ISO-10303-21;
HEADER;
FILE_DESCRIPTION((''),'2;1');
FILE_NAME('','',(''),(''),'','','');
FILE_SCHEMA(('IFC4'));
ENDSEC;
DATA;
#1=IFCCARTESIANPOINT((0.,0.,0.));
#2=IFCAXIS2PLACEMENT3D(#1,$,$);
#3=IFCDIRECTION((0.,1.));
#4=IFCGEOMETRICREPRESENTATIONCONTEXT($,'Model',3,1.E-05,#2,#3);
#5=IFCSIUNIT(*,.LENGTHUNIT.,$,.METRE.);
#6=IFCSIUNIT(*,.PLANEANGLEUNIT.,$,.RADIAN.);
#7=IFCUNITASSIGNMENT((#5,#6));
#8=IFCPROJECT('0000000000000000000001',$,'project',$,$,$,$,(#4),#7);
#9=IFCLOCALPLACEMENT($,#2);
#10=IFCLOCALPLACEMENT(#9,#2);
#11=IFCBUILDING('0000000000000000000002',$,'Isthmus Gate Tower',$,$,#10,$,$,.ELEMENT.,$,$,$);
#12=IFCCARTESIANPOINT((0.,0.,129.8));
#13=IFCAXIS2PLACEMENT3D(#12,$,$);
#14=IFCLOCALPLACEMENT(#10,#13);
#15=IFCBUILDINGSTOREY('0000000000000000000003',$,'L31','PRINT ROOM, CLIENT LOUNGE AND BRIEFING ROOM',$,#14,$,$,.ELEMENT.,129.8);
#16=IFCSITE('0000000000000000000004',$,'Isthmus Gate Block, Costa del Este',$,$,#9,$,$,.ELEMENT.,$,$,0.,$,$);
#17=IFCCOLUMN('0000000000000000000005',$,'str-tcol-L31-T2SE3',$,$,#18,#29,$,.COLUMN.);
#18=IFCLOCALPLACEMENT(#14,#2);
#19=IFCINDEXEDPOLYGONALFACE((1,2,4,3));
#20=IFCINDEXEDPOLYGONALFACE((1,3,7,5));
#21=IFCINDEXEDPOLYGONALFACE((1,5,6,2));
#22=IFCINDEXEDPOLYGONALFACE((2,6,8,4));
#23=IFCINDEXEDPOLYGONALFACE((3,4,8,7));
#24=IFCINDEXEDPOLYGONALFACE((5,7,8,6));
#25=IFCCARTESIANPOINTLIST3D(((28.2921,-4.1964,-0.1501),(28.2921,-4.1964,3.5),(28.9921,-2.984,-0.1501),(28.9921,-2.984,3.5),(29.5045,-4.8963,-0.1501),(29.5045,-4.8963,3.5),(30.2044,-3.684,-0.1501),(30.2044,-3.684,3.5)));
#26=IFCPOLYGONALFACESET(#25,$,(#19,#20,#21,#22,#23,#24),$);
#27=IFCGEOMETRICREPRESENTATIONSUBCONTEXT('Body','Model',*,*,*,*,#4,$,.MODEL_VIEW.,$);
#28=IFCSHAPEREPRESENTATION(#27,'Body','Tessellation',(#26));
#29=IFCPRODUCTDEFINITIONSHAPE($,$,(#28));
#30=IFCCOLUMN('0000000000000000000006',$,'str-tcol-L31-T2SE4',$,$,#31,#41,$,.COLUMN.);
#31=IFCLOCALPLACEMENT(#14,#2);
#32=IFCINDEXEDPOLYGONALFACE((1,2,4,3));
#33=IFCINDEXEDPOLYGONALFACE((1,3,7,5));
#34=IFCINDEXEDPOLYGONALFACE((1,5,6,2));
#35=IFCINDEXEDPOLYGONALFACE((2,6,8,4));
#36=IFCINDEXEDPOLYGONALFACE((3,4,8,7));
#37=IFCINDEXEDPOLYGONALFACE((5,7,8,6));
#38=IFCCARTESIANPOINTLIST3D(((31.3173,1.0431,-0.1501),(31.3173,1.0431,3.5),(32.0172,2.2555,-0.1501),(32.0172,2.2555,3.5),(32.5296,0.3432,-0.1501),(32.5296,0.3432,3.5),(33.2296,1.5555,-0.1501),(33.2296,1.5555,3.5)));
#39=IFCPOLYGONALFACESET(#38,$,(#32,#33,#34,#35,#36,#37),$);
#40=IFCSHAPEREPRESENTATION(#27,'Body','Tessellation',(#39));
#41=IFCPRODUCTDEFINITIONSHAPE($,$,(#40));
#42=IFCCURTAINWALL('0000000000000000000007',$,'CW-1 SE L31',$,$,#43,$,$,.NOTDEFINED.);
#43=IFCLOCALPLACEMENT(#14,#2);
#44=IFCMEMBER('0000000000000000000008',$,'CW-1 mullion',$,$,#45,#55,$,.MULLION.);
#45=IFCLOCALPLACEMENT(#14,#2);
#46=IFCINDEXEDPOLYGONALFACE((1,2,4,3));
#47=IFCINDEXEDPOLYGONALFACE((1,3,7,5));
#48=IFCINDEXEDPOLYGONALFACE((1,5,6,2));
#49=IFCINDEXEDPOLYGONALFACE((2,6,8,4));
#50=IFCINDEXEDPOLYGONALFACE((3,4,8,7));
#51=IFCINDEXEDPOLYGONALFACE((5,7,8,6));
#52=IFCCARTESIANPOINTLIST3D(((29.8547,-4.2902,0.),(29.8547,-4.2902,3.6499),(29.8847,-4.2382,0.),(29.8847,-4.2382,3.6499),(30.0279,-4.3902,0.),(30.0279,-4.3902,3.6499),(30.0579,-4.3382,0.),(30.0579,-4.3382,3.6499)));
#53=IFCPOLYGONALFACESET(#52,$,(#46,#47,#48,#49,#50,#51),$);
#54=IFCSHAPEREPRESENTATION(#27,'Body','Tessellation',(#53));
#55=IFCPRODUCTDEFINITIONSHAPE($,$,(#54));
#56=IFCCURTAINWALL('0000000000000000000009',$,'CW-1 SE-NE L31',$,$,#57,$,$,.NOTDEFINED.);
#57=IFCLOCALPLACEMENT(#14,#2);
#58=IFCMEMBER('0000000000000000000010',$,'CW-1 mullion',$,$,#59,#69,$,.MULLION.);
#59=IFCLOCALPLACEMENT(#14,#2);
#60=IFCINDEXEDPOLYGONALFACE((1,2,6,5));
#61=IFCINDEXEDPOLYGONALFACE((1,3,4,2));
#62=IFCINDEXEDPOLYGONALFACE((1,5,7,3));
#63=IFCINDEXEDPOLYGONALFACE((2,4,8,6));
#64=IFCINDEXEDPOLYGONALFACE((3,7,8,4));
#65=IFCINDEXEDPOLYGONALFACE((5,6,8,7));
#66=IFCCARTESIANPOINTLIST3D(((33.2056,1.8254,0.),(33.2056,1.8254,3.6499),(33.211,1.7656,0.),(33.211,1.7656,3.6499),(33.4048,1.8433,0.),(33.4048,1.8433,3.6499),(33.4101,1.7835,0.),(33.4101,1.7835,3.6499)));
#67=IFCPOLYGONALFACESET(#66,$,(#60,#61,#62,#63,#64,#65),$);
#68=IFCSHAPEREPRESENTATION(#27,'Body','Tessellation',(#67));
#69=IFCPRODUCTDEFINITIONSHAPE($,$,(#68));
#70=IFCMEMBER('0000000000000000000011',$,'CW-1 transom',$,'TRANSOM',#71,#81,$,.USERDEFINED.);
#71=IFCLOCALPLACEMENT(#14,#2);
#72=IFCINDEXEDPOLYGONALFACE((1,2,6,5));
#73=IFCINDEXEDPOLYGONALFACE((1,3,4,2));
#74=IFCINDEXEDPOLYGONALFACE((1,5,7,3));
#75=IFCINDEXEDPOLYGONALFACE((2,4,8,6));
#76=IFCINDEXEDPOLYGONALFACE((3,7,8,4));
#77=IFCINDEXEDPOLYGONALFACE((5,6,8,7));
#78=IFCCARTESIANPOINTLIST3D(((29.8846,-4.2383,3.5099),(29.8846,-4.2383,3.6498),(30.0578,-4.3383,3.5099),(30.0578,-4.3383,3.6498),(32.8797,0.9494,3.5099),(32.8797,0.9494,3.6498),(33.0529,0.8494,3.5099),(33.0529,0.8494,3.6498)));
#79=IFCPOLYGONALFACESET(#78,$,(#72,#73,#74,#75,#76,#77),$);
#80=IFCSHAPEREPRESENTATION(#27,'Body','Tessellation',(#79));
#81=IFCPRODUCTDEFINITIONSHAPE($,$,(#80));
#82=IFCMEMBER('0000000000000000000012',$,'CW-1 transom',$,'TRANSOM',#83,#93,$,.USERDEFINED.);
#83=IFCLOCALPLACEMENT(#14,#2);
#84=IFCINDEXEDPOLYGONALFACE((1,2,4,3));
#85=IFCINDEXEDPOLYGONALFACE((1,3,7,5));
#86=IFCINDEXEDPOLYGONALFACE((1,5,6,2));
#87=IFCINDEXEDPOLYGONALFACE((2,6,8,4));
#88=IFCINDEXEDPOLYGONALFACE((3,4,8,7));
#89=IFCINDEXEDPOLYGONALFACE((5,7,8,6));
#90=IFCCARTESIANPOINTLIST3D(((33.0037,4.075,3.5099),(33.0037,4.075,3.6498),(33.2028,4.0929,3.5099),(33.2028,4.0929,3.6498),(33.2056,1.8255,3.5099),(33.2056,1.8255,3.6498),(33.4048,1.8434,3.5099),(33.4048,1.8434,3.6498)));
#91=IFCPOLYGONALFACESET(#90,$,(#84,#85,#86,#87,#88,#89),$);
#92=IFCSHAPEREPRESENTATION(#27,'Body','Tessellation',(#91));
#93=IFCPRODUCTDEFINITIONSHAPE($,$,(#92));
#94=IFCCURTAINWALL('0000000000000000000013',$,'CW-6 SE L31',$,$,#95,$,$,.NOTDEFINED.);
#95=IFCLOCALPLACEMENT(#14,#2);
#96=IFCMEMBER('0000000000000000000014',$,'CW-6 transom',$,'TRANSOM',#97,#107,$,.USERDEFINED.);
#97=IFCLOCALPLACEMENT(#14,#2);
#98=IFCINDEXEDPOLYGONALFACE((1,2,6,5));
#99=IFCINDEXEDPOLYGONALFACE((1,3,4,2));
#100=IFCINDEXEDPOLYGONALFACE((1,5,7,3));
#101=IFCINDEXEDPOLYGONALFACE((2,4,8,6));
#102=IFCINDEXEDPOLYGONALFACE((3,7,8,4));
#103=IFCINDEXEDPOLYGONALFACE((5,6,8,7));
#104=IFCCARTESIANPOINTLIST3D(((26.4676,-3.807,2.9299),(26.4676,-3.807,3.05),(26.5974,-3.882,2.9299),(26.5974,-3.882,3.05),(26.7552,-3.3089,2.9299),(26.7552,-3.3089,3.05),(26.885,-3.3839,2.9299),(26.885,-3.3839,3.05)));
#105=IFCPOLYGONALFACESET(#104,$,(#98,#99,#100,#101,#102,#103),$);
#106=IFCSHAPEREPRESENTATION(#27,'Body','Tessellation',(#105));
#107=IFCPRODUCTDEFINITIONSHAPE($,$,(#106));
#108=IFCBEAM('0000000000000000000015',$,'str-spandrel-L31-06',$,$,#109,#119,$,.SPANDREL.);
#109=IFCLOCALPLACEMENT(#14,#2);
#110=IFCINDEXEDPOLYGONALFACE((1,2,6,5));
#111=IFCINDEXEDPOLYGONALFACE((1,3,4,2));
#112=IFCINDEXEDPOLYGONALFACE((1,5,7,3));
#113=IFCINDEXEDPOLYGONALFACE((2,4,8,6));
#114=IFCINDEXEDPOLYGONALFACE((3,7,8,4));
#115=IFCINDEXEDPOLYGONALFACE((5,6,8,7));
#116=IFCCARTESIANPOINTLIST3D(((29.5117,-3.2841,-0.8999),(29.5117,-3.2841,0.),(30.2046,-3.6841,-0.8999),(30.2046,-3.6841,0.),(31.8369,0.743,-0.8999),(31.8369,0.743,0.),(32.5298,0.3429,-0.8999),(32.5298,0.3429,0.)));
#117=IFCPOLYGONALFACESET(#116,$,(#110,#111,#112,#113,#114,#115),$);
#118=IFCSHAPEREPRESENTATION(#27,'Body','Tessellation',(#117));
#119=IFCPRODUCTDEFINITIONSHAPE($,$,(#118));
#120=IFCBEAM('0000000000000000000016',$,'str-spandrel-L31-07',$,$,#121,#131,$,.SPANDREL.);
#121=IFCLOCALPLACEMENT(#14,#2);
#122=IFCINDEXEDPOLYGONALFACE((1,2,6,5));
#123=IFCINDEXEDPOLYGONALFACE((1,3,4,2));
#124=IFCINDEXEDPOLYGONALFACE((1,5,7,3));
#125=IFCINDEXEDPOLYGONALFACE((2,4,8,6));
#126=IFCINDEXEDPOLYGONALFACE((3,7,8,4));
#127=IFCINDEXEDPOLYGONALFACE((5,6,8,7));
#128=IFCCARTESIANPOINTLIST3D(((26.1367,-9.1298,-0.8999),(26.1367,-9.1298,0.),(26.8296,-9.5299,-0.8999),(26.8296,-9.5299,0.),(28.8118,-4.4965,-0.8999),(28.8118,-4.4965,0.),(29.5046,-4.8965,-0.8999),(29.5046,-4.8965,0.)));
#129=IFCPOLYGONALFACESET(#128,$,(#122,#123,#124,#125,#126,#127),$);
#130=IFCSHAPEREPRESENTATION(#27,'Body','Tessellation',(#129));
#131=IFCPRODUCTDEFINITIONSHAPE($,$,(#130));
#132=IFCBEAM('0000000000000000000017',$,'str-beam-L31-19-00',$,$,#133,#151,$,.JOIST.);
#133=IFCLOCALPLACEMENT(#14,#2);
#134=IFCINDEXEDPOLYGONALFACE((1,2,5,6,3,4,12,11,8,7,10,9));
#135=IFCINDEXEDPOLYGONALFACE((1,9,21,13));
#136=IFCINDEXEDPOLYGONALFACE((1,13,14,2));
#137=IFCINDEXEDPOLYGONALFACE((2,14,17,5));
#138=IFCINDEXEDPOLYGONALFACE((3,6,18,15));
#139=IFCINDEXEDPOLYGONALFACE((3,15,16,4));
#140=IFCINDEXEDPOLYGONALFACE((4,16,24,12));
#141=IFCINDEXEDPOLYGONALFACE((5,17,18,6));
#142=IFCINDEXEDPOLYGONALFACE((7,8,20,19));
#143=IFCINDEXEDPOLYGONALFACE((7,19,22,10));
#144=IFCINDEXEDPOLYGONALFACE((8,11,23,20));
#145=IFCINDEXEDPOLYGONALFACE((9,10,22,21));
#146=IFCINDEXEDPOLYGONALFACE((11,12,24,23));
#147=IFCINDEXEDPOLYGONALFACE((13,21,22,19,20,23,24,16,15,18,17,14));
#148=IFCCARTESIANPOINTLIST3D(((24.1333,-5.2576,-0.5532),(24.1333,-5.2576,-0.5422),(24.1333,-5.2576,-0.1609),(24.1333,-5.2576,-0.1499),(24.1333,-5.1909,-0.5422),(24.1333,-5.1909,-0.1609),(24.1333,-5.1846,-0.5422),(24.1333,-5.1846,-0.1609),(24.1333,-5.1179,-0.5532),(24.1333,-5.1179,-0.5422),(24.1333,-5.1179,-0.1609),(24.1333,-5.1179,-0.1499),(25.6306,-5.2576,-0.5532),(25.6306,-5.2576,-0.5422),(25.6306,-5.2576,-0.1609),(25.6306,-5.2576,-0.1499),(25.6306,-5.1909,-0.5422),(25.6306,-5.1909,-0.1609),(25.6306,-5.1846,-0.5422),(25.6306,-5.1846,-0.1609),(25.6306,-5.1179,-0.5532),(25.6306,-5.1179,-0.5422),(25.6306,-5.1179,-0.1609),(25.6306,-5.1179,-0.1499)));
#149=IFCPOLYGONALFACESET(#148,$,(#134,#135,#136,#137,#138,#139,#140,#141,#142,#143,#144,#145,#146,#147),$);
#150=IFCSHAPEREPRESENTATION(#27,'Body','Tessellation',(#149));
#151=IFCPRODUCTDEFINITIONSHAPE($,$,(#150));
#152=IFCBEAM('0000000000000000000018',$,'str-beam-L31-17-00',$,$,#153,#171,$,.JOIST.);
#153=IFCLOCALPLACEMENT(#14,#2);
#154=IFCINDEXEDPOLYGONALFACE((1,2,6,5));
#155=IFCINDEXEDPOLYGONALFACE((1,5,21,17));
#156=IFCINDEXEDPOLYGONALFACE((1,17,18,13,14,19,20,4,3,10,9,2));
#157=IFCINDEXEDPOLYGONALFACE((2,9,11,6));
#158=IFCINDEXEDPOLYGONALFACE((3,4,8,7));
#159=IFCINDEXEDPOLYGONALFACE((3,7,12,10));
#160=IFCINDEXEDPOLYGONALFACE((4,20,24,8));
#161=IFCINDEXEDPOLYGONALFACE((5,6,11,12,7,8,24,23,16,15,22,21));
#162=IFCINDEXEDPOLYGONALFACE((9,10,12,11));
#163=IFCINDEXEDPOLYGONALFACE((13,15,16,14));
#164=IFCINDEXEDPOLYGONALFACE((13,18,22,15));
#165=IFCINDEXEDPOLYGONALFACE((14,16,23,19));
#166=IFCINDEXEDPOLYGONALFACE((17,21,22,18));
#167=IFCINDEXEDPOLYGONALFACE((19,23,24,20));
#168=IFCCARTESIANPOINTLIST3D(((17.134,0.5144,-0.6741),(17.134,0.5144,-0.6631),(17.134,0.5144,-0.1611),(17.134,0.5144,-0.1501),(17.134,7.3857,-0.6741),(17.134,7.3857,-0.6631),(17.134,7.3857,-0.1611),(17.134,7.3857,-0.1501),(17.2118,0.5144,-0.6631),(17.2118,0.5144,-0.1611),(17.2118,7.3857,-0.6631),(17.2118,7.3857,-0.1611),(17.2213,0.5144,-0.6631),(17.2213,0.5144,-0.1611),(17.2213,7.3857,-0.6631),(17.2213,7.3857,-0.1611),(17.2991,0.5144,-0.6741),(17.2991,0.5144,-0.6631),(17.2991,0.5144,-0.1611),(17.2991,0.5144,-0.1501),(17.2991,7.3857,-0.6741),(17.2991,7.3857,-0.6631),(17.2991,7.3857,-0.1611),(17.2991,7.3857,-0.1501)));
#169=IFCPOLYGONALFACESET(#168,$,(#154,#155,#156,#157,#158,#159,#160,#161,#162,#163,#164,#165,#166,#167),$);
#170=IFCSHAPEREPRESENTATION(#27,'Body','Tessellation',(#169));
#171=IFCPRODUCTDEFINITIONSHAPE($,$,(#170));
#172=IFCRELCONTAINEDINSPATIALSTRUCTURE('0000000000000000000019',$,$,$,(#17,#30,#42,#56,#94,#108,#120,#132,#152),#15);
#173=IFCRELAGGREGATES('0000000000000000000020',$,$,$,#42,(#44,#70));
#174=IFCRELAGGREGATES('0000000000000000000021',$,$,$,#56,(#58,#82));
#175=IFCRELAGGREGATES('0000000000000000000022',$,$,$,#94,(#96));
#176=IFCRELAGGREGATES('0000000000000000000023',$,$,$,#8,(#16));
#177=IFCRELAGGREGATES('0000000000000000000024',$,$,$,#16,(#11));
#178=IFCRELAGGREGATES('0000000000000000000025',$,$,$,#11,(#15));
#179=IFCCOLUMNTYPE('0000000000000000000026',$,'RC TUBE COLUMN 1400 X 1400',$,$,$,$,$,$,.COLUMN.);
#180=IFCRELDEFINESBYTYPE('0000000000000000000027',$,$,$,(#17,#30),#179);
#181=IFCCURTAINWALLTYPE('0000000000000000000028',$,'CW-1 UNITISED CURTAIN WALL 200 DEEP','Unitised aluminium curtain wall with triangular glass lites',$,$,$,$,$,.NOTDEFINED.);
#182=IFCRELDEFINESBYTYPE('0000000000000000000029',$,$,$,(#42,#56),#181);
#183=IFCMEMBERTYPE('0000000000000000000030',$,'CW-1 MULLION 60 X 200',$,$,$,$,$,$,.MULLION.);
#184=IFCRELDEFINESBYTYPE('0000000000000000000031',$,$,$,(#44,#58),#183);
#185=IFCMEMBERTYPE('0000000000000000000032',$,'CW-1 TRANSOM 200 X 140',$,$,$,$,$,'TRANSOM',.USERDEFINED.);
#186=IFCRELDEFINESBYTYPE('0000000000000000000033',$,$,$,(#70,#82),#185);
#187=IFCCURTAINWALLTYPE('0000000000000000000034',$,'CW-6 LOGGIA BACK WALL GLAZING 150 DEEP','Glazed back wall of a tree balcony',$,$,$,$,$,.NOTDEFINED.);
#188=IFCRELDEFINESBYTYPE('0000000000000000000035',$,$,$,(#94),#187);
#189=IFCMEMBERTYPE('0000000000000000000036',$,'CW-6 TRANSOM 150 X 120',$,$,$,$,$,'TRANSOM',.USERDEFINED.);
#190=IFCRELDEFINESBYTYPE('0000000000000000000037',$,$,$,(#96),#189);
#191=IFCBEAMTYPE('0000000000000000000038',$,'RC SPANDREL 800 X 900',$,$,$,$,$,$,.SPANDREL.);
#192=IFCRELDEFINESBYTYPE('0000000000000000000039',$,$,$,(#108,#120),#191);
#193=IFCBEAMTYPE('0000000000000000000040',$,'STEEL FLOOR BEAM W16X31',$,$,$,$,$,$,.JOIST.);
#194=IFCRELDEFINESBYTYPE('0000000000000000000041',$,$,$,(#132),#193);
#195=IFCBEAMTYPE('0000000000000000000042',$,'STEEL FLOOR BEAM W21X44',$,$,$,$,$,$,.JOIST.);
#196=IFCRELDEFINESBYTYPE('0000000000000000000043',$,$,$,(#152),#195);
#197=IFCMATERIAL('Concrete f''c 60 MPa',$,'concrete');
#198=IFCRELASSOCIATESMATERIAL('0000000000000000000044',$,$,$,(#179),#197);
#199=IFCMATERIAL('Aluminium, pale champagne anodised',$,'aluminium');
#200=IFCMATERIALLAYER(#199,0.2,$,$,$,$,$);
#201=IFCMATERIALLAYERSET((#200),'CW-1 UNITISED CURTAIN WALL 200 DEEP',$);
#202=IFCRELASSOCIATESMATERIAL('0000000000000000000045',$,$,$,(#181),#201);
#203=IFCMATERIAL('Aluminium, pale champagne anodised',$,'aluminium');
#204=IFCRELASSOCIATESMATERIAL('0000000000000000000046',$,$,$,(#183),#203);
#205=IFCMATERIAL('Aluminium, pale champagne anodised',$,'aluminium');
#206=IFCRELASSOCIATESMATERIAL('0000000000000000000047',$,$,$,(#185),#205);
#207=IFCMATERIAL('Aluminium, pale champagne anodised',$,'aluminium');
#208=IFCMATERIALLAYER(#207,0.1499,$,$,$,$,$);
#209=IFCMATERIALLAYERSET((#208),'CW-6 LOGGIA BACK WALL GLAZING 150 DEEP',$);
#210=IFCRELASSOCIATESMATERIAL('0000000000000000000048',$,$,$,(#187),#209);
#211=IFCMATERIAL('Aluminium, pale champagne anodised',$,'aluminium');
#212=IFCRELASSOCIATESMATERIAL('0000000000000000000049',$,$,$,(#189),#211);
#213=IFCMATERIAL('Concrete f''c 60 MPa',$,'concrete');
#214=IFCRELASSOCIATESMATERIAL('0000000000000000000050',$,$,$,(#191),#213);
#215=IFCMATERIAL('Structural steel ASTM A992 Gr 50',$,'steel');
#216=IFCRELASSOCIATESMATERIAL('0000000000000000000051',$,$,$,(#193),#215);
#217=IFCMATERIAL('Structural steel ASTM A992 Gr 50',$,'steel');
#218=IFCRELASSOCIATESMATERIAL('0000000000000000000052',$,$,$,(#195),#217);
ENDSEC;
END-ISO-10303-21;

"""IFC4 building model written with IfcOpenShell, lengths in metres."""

from ifc_helpers import new_model, si_unit, direction, frame, origin, origin_2d, place, context, subcontext, project, spatial, rectangle, i_section, extrude, material, layer, layer_set, material_profile, profile_set, type_object, element, aggregate, save


model = new_model("IFC4")

# Units and contexts
model_context = context("Model", 3, precision=1e-05, world=origin(), true_north=direction((0.0, 1.0)))
body_context = subcontext(model_context, "Body", "Model", "MODEL_VIEW")
ifc_project = project(units=[si_unit("LENGTHUNIT", "METRE"), si_unit("PLANEANGLEUNIT", "RADIAN")], contexts=[model_context])

# Site, building, storey
site_placement = place(None, origin())
site = spatial("IfcSite", under=ifc_project, at=site_placement, Name="Isthmus Gate Block, Costa del Este", CompositionType="ELEMENT", RefElevation=0.0)
building_placement = place(site_placement, origin())
building = spatial("IfcBuilding", under=site, at=building_placement, Name="Isthmus Gate Tower", CompositionType="ELEMENT")
storey_placement = place(building_placement, frame((0.0, 0.0, 129.8)))
storey = spatial("IfcBuildingStorey", under=building, at=storey_placement, Name="L31", Description="PRINT ROOM, CLIENT LOUNGE AND BRIEFING ROOM", CompositionType="ELEMENT", Elevation=129.8)

# Columns
ifc_material_1 = material(Name="Concrete f'c 60 MPa", Category="concrete")
ifc_material_profile_1 = material_profile(ifc_material_1, rectangle(XDim=1.3999, YDim=1.3999, at=origin_2d()), Name="RC 1400X1400")
ifc_profile_set_1 = profile_set([ifc_material_profile_1], Name="Concrete f'c 60 MPa")
column_type = type_object("IfcColumnType", Name="RC TUBE COLUMN 1400 X 1400", PredefinedType="COLUMN", material=ifc_profile_set_1)
for number, where, z_axis, x_axis, name in (
    (1, (29.2483, -3.9402, -0.1501), (0.0, 0.0, 1.0), (0.5, 0.866025, 0.0), "str-tcol-L31-T2SE3"),
    (2, (32.2734, 1.2993, -0.1501), (0.0, 0.0, 1.0), (0.5, 0.866025, 0.0), "str-tcol-L31-T2SE4"),
):
    element("IfcColumn", number, at=place(storey_placement, frame(where, z_axis=z_axis, x_axis=x_axis)), inside=storey, type_object=column_type, Name=name, PredefinedType="COLUMN", context=body_context, shape_type="SweptSolid", body=[
        extrude(rectangle(XDim=1.3999, YDim=1.3999, at=origin_2d()), origin(), (0.0, 0.0, 1.0), 3.6501),
    ])

# Curtain walls, members
ifc_material_2 = material(Name="Aluminium, pale champagne anodised", Category="aluminium")
ifc_layer_1 = layer(ifc_material_2, 0.2)
ifc_layer_set_1 = layer_set([ifc_layer_1], Name="CW-1 UNITISED CURTAIN WALL 200 DEEP")
curtain_wall_type_1 = type_object("IfcCurtainWallType", Name="CW-1 UNITISED CURTAIN WALL 200 DEEP", Description="Unitised aluminium curtain wall with triangular glass lites", PredefinedType="NOTDEFINED", material=ifc_layer_set_1)
curtain_wall_1_placement = place(storey_placement, origin())
curtain_wall_1 = element("IfcCurtainWall", 3, at=curtain_wall_1_placement, inside=storey, type_object=curtain_wall_type_1, Name="CW-1 SE L31", PredefinedType="NOTDEFINED")
ifc_material_3 = material(Name="Aluminium, pale champagne anodised", Category="aluminium")
ifc_material_profile_2 = material_profile(ifc_material_3, rectangle(XDim=0.0601, YDim=0.2, at=origin_2d()), Name="60x200")
ifc_profile_set_2 = profile_set([ifc_material_profile_2], Name="Aluminium, pale champagne anodised")
member_type_1 = type_object("IfcMemberType", Name="CW-1 MULLION 60 X 200", PredefinedType="MULLION", material=ifc_profile_set_2)
member_1_placement = place(storey_placement, frame((29.9563, -4.3142, 0.0), z_axis=(0.0, 0.0, 1.0), x_axis=(0.5, 0.866025, 0.0)))
member_1 = element("IfcMember", 4, at=member_1_placement, type_object=member_type_1, Name="CW-1 mullion", PredefinedType="MULLION", context=body_context, shape_type="SweptSolid", body=[
    extrude(rectangle(XDim=0.0601, YDim=0.2, at=origin_2d()), origin(), (0.0, 0.0, 1.0), 3.6499),
])
curtain_wall_2_placement = place(storey_placement, origin())
curtain_wall_2 = element("IfcCurtainWall", 5, at=curtain_wall_2_placement, inside=storey, type_object=curtain_wall_type_1, Name="CW-1 SE-NE L31", PredefinedType="NOTDEFINED")
member_2_placement = place(storey_placement, frame((33.3079, 1.8044, 0.0), z_axis=(0.0, 0.0, 1.0), x_axis=(-0.089397, 0.995996, 0.0)))
member_2 = element("IfcMember", 6, at=member_2_placement, type_object=member_type_1, Name="CW-1 mullion", PredefinedType="MULLION", context=body_context, shape_type="SweptSolid", body=[
    extrude(rectangle(XDim=0.0601, YDim=0.2, at=origin_2d()), origin(), (0.0, 0.0, 1.0), 3.6499),
])

# Members
ifc_material_4 = material(Name="Aluminium, pale champagne anodised", Category="aluminium")
ifc_material_profile_3 = material_profile(ifc_material_4, rectangle(XDim=0.2, YDim=0.1399, at=origin_2d()), Name="200x140")
ifc_profile_set_3 = profile_set([ifc_material_profile_3], Name="Aluminium, pale champagne anodised")
member_type_2 = type_object("IfcMemberType", Name="CW-1 TRANSOM 200 X 140", ElementType="TRANSOM", PredefinedType="USERDEFINED", material=ifc_profile_set_3)
member_3_placement = place(storey_placement, frame((29.9712, -4.2883, 3.5798), z_axis=(0.499996, 0.866027, 0.0), x_axis=(-0.866027, 0.499996, 0.0)))
member_3 = element("IfcMember", 7, at=member_3_placement, type_object=member_type_2, Name="CW-1 transom", ObjectType="TRANSOM", PredefinedType="USERDEFINED", context=body_context, shape_type="SweptSolid", body=[
    extrude(rectangle(XDim=0.2, YDim=0.1399, at=origin_2d()), origin(), (0.0, 0.0, 1.0), 5.9902),
])
member_4_placement = place(storey_placement, frame((33.3052, 1.8345, 3.5798), z_axis=(-0.089395, 0.995996, 0.0), x_axis=(-0.995996, -0.089395, 0.0)))
member_4 = element("IfcMember", 8, at=member_4_placement, type_object=member_type_2, Name="CW-1 transom", ObjectType="TRANSOM", PredefinedType="USERDEFINED", context=body_context, shape_type="SweptSolid", body=[
    extrude(rectangle(XDim=0.2, YDim=0.1399, at=origin_2d()), origin(), (0.0, 0.0, 1.0), 2.2585),
])

# Curtain wall, member
ifc_material_5 = material(Name="Aluminium, pale champagne anodised", Category="aluminium")
ifc_layer_2 = layer(ifc_material_5, 0.1499)
ifc_layer_set_2 = layer_set([ifc_layer_2], Name="CW-6 LOGGIA BACK WALL GLAZING 150 DEEP")
curtain_wall_type_2 = type_object("IfcCurtainWallType", Name="CW-6 LOGGIA BACK WALL GLAZING 150 DEEP", Description="Glazed back wall of a tree balcony", PredefinedType="NOTDEFINED", material=ifc_layer_set_2)
curtain_wall_3_placement = place(storey_placement, origin())
curtain_wall_3 = element("IfcCurtainWall", 9, at=curtain_wall_3_placement, inside=storey, type_object=curtain_wall_type_2, Name="CW-6 SE L31", PredefinedType="NOTDEFINED")
ifc_material_6 = material(Name="Aluminium, pale champagne anodised", Category="aluminium")
ifc_material_profile_4 = material_profile(ifc_material_6, rectangle(XDim=0.1499, YDim=0.1201, at=origin_2d()), Name="150x120")
ifc_profile_set_4 = profile_set([ifc_material_profile_4], Name="Aluminium, pale champagne anodised")
member_type_3 = type_object("IfcMemberType", Name="CW-6 TRANSOM 150 X 120", ElementType="TRANSOM", PredefinedType="USERDEFINED", material=ifc_profile_set_4)
member_5_placement = place(storey_placement, frame((26.5325, -3.8445, 2.99), z_axis=(0.500065, 0.865988, 0.0), x_axis=(-0.865988, 0.500065, 0.0)))
member_5 = element("IfcMember", 10, at=member_5_placement, type_object=member_type_3, Name="CW-6 transom", ObjectType="TRANSOM", PredefinedType="USERDEFINED", context=body_context, shape_type="SweptSolid", body=[
    extrude(rectangle(XDim=0.1499, YDim=0.1201, at=origin_2d()), origin(), (0.0, 0.0, 1.0), 0.5752),
])

# Beams
ifc_material_7 = material(Name="Concrete f'c 60 MPa", Category="concrete")
ifc_material_profile_5 = material_profile(ifc_material_7, rectangle(XDim=0.8, YDim=0.8999, at=origin_2d()), Name="RC 800X900")
ifc_profile_set_5 = profile_set([ifc_material_profile_5], Name="Concrete f'c 60 MPa")
beam_type_1 = type_object("IfcBeamType", Name="RC SPANDREL 800 X 900", PredefinedType="SPANDREL", material=ifc_profile_set_5)
beam_1_placement = place(storey_placement, frame((32.1833, 0.543, -0.45), z_axis=(-0.500024, -0.866012, 0.0), x_axis=(0.866012, -0.500024, 0.0)))
element("IfcBeam", 11, at=beam_1_placement, inside=storey, type_object=beam_type_1, Name="str-spandrel-L31-06", PredefinedType="SPANDREL", context=body_context, shape_type="SweptSolid", body=[
    extrude(rectangle(XDim=0.8, YDim=0.8999, at=origin_2d()), origin(), (0.0, 0.0, 1.0), 4.6501),
])
beam_2_placement = place(storey_placement, frame((29.1582, -4.6965, -0.45), z_axis=(-0.500002, -0.866024, 0.0), x_axis=(0.866024, -0.500002, 0.0)))
element("IfcBeam", 12, at=beam_2_placement, inside=storey, type_object=beam_type_1, Name="str-spandrel-L31-07", PredefinedType="SPANDREL", context=body_context, shape_type="SweptSolid", body=[
    extrude(rectangle(XDim=0.8, YDim=0.8999, at=origin_2d()), origin(), (0.0, 0.0, 1.0), 5.3501),
])
ifc_material_8 = material(Name="Structural steel ASTM A992 Gr 50", Category="steel")
ifc_material_profile_6 = material_profile(ifc_material_8, i_section(OverallWidth=0.1396, OverallDepth=0.4033, WebThickness=0.0063, FlangeThickness=0.011, at=origin_2d()), Name="W16X31")
ifc_profile_set_6 = profile_set([ifc_material_profile_6], Name="Structural steel ASTM A992 Gr 50")
beam_type_2 = type_object("IfcBeamType", Name="STEEL FLOOR BEAM W16X31", PredefinedType="JOIST", material=ifc_profile_set_6)
beam_3_placement = place(storey_placement, frame((24.1333, -5.1877, -0.3516), z_axis=(1.0, 0.0, 0.0), x_axis=(0.0, 1.0, 0.0)))
element("IfcBeam", 13, at=beam_3_placement, inside=storey, type_object=beam_type_2, Name="str-beam-L31-19-00", PredefinedType="JOIST", context=body_context, shape_type="SweptSolid", body=[
    extrude(i_section(OverallWidth=0.1396, OverallDepth=0.4033, WebThickness=0.0063, FlangeThickness=0.011, at=origin_2d()), origin(), (0.0, 0.0, 1.0), 1.4973),
])
ifc_material_9 = material(Name="Structural steel ASTM A992 Gr 50", Category="steel")
ifc_material_profile_7 = material_profile(ifc_material_9, i_section(OverallWidth=0.165, OverallDepth=0.5239, WebThickness=0.0095, FlangeThickness=0.011, at=origin_2d()), Name="W21X44")
ifc_profile_set_7 = profile_set([ifc_material_profile_7], Name="Structural steel ASTM A992 Gr 50")
beam_type_3 = type_object("IfcBeamType", Name="STEEL FLOOR BEAM W21X44", PredefinedType="JOIST", material=ifc_profile_set_7)
for number, where, z_axis, x_axis, name in (
    (14, (17.2166, 0.5144, -0.4121), (0.0, 1.0, 0.0), (-1.0, 0.0, 0.0), "str-beam-L31-17-00"),
):
    element("IfcBeam", number, at=place(storey_placement, frame(where, z_axis=z_axis, x_axis=x_axis)), inside=storey, type_object=beam_type_3, Name=name, PredefinedType="JOIST", context=body_context, shape_type="SweptSolid", body=[
        extrude(i_section(OverallWidth=0.165, OverallDepth=0.5239, WebThickness=0.0095, FlangeThickness=0.011, at=origin_2d()), origin(), (0.0, 0.0, 1.0), 6.8713),
    ])

aggregate(curtain_wall_1, [member_1, member_3])
aggregate(curtain_wall_2, [member_2, member_4])
aggregate(curtain_wall_3, [member_5])

save(model, "model.ifc")
